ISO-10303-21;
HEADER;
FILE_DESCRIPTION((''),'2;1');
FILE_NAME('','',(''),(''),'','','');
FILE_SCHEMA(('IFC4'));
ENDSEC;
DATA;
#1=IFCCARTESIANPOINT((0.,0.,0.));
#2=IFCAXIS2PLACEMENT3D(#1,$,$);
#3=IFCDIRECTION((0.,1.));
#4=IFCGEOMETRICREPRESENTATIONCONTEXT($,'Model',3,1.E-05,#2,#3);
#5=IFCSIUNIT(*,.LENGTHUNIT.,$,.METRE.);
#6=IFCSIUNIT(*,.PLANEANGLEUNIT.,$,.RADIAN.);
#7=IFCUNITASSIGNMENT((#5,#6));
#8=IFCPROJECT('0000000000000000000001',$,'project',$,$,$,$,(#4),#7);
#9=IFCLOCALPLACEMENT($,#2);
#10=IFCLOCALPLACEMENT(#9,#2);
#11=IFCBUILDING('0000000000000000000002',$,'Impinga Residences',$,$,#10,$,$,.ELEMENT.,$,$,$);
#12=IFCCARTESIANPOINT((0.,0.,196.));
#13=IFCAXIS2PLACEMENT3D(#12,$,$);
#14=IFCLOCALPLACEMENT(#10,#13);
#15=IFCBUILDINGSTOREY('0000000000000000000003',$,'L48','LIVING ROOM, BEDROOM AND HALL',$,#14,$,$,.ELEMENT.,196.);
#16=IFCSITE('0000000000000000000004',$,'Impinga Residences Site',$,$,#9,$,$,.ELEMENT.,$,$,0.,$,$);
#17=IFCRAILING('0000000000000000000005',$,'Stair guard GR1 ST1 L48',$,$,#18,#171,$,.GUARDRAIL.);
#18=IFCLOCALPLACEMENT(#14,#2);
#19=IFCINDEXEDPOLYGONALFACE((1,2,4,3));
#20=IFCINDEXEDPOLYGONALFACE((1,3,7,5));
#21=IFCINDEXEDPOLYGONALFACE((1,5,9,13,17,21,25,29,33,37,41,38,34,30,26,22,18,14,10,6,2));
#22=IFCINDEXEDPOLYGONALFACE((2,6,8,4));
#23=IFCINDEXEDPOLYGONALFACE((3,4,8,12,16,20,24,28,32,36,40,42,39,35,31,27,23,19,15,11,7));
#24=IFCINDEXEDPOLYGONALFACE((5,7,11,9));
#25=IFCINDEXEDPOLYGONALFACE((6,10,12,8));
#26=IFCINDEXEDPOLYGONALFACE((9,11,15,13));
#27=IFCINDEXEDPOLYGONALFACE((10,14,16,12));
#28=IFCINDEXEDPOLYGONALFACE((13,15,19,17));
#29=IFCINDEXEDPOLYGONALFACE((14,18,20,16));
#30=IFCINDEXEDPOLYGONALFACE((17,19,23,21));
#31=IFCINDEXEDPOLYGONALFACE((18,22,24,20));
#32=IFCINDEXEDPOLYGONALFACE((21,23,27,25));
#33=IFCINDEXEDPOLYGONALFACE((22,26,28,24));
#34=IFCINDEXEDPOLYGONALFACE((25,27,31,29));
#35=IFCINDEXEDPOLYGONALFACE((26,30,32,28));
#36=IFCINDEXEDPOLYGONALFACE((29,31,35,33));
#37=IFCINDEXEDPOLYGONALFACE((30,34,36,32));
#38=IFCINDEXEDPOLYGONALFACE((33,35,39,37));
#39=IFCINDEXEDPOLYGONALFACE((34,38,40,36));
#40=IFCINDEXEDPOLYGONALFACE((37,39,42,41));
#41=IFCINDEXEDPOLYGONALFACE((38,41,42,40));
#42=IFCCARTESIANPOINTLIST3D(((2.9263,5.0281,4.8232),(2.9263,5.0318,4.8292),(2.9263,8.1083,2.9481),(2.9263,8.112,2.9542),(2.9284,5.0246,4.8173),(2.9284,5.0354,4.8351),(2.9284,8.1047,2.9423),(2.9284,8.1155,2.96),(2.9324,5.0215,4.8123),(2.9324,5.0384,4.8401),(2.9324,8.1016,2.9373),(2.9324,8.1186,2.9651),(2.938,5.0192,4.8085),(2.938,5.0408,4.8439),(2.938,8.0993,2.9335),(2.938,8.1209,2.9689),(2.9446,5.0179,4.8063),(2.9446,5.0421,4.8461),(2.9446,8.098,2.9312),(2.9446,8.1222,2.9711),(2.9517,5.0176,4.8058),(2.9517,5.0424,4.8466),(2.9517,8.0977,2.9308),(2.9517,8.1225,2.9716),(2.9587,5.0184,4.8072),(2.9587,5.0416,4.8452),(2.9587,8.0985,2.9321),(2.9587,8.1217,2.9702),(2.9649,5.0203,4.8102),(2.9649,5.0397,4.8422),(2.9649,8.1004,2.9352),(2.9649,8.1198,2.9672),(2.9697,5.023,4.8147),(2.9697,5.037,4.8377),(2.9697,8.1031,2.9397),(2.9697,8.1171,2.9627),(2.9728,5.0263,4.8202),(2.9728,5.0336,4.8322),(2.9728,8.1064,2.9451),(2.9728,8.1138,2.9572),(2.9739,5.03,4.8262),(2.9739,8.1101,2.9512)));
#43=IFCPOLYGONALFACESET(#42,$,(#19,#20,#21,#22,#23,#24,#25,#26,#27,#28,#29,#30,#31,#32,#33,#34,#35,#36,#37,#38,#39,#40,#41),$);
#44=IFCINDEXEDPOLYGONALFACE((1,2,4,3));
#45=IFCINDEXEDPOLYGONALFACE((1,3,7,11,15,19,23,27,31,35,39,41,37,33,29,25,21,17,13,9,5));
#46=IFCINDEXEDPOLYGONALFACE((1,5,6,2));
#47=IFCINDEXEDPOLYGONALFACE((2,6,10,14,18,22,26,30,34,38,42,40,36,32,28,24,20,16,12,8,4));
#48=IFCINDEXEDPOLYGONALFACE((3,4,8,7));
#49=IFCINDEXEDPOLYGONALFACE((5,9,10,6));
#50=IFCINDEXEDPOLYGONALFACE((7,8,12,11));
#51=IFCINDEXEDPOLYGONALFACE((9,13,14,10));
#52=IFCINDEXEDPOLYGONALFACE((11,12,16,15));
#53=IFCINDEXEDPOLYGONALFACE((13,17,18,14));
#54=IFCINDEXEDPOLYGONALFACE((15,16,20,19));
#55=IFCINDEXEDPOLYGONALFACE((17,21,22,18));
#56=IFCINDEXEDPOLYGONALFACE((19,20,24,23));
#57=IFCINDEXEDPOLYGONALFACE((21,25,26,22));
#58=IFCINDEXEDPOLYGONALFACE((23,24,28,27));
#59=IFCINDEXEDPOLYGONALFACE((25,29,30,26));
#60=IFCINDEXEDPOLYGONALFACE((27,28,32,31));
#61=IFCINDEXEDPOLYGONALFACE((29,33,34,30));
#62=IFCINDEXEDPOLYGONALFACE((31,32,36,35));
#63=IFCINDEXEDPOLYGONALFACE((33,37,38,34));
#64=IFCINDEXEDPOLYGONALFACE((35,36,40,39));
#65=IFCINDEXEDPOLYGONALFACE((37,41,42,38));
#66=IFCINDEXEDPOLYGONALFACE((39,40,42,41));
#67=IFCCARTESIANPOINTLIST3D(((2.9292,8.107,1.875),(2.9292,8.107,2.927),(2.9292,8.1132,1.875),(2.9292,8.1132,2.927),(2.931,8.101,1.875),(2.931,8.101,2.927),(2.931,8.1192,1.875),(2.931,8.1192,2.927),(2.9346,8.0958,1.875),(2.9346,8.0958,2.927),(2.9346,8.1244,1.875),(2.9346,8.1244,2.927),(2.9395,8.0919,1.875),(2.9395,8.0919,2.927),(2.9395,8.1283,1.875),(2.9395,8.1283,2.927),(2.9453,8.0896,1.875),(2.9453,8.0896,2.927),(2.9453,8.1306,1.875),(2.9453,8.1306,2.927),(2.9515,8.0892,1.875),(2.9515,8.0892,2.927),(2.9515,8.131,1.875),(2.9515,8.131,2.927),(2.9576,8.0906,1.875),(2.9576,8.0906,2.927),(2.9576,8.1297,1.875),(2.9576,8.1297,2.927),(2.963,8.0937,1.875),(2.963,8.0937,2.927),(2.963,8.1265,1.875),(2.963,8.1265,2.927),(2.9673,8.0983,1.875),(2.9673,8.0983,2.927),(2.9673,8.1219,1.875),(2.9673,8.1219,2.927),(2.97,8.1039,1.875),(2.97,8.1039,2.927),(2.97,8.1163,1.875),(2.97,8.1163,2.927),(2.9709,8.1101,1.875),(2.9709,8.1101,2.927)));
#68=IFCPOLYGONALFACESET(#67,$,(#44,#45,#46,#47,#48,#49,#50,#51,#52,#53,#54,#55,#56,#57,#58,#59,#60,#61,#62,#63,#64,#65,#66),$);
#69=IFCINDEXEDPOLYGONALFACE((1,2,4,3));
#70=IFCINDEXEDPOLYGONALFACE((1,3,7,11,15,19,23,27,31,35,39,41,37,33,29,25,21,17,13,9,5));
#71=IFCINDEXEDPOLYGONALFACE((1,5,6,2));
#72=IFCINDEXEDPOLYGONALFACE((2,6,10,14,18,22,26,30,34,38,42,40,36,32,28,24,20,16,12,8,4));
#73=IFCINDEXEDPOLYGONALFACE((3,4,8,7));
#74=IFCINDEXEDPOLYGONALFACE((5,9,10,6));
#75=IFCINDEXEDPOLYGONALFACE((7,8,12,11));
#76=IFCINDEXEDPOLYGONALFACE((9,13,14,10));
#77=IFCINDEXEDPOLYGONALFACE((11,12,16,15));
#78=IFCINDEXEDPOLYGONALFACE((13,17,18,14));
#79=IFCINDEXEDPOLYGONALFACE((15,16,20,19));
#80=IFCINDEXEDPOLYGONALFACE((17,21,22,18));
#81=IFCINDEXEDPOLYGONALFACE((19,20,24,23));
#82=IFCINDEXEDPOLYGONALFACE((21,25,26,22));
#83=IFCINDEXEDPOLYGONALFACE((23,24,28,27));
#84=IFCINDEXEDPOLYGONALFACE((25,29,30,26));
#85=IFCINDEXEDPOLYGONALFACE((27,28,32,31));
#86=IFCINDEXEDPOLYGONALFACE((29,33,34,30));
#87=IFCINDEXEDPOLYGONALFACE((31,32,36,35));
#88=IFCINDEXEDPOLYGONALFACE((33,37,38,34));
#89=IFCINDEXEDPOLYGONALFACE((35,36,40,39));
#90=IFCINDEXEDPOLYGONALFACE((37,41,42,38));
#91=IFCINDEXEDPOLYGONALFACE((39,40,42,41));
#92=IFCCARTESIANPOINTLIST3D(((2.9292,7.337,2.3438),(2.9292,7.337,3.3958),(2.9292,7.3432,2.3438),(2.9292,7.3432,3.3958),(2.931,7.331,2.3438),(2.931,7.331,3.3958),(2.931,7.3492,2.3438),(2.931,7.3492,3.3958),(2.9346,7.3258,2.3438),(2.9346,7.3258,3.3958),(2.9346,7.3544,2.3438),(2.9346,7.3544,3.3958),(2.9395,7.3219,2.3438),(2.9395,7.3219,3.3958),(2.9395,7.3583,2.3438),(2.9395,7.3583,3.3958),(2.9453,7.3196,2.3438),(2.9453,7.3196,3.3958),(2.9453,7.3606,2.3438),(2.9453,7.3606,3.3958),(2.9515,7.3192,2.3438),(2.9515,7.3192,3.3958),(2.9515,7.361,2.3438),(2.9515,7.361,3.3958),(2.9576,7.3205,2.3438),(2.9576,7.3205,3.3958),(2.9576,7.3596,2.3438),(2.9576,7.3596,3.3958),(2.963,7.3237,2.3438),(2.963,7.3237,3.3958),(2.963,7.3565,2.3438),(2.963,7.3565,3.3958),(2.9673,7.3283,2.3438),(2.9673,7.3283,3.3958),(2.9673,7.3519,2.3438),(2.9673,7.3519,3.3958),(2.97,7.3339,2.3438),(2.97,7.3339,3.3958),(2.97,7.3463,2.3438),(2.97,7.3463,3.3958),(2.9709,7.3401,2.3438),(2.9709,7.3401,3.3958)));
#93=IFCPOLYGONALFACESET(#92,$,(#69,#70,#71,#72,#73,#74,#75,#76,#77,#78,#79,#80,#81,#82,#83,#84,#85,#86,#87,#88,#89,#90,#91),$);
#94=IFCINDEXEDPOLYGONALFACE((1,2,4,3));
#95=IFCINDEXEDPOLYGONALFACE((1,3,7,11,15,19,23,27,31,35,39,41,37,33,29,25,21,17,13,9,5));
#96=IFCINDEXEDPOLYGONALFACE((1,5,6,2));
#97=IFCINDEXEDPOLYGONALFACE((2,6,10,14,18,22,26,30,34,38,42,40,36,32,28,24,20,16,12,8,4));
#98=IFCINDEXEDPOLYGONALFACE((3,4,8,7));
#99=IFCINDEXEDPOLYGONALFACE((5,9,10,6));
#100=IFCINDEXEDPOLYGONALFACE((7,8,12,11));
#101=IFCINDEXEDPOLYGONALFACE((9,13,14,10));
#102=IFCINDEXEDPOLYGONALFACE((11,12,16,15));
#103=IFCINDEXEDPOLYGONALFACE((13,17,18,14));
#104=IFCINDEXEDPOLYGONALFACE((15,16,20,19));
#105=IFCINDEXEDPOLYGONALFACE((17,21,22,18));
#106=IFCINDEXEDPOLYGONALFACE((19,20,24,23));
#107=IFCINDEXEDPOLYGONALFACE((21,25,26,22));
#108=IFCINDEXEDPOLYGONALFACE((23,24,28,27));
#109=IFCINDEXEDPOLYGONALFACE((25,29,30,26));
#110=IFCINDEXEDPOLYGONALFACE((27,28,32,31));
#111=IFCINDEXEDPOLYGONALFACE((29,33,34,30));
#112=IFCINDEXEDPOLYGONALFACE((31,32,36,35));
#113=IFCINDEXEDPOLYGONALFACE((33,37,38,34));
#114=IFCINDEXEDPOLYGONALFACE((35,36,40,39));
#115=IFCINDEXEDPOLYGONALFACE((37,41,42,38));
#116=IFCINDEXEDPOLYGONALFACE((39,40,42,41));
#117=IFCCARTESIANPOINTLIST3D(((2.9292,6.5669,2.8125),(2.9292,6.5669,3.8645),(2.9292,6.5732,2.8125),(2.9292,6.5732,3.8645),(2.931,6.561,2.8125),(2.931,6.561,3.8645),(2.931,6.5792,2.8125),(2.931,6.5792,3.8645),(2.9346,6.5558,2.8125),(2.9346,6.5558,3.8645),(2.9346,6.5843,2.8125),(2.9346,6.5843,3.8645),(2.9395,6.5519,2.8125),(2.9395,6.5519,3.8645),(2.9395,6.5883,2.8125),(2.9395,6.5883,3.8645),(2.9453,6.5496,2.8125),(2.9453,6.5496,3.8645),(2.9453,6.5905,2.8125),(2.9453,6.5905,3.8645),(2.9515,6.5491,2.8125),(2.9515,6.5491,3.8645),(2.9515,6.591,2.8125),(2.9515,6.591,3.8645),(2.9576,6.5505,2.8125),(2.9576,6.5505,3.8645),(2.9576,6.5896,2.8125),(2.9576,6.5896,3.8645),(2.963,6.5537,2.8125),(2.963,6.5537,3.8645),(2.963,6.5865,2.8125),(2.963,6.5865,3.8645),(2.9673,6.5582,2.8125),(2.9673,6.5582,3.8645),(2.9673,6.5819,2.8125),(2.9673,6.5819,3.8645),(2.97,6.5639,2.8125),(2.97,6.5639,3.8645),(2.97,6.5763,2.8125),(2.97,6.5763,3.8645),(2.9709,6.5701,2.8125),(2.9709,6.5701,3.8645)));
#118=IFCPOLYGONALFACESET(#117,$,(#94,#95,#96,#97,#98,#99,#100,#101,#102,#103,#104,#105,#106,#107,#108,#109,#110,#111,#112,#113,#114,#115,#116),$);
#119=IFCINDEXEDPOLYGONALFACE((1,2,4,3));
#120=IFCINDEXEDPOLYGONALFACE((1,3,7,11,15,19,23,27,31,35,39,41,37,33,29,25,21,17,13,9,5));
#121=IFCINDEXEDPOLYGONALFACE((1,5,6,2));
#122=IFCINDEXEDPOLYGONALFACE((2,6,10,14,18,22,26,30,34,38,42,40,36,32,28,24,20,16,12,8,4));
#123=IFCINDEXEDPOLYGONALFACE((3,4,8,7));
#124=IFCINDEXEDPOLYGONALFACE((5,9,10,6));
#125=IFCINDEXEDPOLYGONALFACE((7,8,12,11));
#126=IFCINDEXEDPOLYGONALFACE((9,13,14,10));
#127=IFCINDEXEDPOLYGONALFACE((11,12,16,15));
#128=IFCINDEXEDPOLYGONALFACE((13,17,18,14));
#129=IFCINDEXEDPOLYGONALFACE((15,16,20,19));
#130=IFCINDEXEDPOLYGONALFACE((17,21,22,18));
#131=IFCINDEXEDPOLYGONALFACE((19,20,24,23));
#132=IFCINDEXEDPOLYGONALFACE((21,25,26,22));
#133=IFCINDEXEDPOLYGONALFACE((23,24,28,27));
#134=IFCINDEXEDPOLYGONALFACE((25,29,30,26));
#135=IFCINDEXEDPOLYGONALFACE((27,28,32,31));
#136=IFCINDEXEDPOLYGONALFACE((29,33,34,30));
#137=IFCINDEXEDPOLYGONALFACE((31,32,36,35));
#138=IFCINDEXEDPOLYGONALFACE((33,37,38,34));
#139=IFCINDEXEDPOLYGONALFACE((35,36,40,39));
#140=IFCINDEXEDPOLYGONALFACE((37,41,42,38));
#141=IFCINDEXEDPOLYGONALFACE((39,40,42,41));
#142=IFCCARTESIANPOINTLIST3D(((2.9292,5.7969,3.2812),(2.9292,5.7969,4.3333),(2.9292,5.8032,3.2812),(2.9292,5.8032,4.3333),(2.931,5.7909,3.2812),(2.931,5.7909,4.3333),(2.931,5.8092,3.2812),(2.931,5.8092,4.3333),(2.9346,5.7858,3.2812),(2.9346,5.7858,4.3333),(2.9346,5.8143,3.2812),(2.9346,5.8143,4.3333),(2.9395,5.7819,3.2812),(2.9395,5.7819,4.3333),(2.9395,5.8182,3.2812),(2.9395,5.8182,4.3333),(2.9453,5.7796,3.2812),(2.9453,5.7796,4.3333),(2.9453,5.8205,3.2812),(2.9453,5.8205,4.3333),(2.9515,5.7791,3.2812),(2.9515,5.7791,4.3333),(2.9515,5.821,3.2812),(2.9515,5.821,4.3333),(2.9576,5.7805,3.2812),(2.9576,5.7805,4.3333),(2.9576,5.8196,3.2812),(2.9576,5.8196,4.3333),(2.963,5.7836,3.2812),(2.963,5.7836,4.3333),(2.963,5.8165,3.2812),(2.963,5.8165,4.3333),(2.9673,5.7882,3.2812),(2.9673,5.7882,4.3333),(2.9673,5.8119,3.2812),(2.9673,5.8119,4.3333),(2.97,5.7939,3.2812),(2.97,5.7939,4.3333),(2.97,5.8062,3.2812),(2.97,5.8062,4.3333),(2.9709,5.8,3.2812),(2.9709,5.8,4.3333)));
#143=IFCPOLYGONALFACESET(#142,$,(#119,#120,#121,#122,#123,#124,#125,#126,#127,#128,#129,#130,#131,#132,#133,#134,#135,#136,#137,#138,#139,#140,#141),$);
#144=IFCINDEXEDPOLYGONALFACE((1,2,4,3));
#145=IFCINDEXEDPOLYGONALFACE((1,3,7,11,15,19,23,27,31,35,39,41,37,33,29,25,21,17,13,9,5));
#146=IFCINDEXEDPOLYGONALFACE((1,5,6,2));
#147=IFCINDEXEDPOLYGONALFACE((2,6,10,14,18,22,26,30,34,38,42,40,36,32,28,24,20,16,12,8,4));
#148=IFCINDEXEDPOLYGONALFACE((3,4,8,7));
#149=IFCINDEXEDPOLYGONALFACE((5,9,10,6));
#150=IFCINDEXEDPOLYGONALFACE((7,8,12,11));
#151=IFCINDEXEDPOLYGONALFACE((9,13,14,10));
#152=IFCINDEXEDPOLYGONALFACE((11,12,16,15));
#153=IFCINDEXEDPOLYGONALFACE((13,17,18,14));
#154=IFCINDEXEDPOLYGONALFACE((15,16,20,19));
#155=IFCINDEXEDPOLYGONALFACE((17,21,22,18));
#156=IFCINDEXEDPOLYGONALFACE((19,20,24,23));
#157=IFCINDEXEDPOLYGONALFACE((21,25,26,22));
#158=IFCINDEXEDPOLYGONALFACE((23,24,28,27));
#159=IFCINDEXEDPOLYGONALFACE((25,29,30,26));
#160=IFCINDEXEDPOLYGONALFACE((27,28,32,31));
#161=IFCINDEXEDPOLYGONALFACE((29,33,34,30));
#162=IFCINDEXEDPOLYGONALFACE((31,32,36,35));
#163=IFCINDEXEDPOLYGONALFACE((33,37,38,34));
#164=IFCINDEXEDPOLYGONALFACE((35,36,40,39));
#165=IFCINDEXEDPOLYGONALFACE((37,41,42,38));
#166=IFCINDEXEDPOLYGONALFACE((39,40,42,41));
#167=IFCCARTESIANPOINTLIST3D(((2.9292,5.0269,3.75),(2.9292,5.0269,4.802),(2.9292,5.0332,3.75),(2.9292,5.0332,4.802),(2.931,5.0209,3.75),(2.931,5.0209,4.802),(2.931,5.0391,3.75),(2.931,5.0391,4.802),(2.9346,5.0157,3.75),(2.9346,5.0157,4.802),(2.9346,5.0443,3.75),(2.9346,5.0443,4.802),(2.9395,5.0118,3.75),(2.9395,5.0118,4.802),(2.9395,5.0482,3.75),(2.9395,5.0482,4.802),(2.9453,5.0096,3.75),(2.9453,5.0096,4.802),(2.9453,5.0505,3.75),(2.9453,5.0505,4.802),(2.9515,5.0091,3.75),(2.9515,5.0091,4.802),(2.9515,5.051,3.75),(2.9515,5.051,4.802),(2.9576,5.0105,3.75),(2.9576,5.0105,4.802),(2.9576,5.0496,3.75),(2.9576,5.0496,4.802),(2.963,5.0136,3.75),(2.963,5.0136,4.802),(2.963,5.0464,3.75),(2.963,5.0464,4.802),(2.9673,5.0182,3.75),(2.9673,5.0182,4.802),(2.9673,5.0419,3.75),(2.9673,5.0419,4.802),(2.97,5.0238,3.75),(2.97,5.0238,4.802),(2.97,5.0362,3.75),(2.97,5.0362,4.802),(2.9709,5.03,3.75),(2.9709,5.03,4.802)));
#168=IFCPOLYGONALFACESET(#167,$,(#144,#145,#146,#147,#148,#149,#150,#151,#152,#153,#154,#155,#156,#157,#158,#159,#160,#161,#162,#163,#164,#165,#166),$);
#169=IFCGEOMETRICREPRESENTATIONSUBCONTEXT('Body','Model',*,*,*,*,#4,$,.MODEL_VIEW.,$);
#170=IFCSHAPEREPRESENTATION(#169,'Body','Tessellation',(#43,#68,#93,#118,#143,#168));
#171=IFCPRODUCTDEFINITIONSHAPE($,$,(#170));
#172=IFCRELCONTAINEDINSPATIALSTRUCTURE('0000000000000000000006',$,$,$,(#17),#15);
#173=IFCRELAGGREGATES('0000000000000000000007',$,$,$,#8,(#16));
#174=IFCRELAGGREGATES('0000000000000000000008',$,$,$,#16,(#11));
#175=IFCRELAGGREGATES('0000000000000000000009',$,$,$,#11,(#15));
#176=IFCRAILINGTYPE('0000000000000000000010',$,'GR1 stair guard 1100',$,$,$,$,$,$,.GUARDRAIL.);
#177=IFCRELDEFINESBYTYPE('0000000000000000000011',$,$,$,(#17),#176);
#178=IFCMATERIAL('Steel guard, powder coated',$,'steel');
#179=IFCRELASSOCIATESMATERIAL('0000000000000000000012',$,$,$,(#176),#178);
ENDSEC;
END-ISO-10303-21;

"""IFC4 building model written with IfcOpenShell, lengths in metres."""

from ifc_helpers import new_model, si_unit, direction, frame, origin, origin_2d, place, context, subcontext, project, spatial, circle, extrude, material, type_object, element, save


model = new_model("IFC4")

# Units and contexts
model_context = context("Model", 3, precision=1e-05, world=origin(), true_north=direction((0.0, 1.0)))
body_context = subcontext(model_context, "Body", "Model", "MODEL_VIEW")
ifc_project = project(units=[si_unit("LENGTHUNIT", "METRE"), si_unit("PLANEANGLEUNIT", "RADIAN")], contexts=[model_context])

# Site, building, storey
site_placement = place(None, origin())
site = spatial("IfcSite", under=ifc_project, at=site_placement, Name="Impinga Residences Site", CompositionType="ELEMENT", RefElevation=0.0)
building_placement = place(site_placement, origin())
building = spatial("IfcBuilding", under=site, at=building_placement, Name="Impinga Residences", CompositionType="ELEMENT")
storey_placement = place(building_placement, frame((0.0, 0.0, 196.0)))
storey = spatial("IfcBuildingStorey", under=building, at=storey_placement, Name="L48", Description="LIVING ROOM, BEDROOM AND HALL", CompositionType="ELEMENT", Elevation=196.0)

# Railing
ifc_material_1 = material(Name="Steel guard, powder coated", Category="steel")
railing_type_1 = type_object("IfcRailingType", Name="GR1 stair guard 1100", PredefinedType="GUARDRAIL", material=ifc_material_1)
railing_1_placement = place(storey_placement, frame((2.95, 8.1101, 1.875)))
element("IfcRailing", 1, at=railing_1_placement, inside=storey, type_object=railing_type_1, Name="Stair guard GR1 ST1 L48", PredefinedType="GUARDRAIL", context=body_context, shape_type="SweptSolid", body=[
    extrude(circle(Radius=0.0239, at=origin_2d()), frame((0.0, 0.0, 1.0762), z_axis=(0.0, -0.854178, 0.519981), x_axis=(1.0, 0.0, 0.0)), (0.0, 0.0, 1.0), 3.606),
    extrude(circle(Radius=0.021, at=origin_2d()), origin(), (0.0, 0.0, 1.0), 1.052),
    extrude(circle(Radius=0.021, at=origin_2d()), frame((0.0, -0.77, 0.4688)), (0.0, 0.0, 1.0), 1.052),
    extrude(circle(Radius=0.021, at=origin_2d()), frame((0.0, -1.54, 0.9375)), (0.0, 0.0, 1.0), 1.052),
    extrude(circle(Radius=0.021, at=origin_2d()), frame((0.0, -2.3101, 1.4062)), (0.0, 0.0, 1.0), 1.052),
    extrude(circle(Radius=0.021, at=origin_2d()), frame((0.0, -3.0801, 1.875)), (0.0, 0.0, 1.0), 1.052),
])

save(model, "model.ifc")
